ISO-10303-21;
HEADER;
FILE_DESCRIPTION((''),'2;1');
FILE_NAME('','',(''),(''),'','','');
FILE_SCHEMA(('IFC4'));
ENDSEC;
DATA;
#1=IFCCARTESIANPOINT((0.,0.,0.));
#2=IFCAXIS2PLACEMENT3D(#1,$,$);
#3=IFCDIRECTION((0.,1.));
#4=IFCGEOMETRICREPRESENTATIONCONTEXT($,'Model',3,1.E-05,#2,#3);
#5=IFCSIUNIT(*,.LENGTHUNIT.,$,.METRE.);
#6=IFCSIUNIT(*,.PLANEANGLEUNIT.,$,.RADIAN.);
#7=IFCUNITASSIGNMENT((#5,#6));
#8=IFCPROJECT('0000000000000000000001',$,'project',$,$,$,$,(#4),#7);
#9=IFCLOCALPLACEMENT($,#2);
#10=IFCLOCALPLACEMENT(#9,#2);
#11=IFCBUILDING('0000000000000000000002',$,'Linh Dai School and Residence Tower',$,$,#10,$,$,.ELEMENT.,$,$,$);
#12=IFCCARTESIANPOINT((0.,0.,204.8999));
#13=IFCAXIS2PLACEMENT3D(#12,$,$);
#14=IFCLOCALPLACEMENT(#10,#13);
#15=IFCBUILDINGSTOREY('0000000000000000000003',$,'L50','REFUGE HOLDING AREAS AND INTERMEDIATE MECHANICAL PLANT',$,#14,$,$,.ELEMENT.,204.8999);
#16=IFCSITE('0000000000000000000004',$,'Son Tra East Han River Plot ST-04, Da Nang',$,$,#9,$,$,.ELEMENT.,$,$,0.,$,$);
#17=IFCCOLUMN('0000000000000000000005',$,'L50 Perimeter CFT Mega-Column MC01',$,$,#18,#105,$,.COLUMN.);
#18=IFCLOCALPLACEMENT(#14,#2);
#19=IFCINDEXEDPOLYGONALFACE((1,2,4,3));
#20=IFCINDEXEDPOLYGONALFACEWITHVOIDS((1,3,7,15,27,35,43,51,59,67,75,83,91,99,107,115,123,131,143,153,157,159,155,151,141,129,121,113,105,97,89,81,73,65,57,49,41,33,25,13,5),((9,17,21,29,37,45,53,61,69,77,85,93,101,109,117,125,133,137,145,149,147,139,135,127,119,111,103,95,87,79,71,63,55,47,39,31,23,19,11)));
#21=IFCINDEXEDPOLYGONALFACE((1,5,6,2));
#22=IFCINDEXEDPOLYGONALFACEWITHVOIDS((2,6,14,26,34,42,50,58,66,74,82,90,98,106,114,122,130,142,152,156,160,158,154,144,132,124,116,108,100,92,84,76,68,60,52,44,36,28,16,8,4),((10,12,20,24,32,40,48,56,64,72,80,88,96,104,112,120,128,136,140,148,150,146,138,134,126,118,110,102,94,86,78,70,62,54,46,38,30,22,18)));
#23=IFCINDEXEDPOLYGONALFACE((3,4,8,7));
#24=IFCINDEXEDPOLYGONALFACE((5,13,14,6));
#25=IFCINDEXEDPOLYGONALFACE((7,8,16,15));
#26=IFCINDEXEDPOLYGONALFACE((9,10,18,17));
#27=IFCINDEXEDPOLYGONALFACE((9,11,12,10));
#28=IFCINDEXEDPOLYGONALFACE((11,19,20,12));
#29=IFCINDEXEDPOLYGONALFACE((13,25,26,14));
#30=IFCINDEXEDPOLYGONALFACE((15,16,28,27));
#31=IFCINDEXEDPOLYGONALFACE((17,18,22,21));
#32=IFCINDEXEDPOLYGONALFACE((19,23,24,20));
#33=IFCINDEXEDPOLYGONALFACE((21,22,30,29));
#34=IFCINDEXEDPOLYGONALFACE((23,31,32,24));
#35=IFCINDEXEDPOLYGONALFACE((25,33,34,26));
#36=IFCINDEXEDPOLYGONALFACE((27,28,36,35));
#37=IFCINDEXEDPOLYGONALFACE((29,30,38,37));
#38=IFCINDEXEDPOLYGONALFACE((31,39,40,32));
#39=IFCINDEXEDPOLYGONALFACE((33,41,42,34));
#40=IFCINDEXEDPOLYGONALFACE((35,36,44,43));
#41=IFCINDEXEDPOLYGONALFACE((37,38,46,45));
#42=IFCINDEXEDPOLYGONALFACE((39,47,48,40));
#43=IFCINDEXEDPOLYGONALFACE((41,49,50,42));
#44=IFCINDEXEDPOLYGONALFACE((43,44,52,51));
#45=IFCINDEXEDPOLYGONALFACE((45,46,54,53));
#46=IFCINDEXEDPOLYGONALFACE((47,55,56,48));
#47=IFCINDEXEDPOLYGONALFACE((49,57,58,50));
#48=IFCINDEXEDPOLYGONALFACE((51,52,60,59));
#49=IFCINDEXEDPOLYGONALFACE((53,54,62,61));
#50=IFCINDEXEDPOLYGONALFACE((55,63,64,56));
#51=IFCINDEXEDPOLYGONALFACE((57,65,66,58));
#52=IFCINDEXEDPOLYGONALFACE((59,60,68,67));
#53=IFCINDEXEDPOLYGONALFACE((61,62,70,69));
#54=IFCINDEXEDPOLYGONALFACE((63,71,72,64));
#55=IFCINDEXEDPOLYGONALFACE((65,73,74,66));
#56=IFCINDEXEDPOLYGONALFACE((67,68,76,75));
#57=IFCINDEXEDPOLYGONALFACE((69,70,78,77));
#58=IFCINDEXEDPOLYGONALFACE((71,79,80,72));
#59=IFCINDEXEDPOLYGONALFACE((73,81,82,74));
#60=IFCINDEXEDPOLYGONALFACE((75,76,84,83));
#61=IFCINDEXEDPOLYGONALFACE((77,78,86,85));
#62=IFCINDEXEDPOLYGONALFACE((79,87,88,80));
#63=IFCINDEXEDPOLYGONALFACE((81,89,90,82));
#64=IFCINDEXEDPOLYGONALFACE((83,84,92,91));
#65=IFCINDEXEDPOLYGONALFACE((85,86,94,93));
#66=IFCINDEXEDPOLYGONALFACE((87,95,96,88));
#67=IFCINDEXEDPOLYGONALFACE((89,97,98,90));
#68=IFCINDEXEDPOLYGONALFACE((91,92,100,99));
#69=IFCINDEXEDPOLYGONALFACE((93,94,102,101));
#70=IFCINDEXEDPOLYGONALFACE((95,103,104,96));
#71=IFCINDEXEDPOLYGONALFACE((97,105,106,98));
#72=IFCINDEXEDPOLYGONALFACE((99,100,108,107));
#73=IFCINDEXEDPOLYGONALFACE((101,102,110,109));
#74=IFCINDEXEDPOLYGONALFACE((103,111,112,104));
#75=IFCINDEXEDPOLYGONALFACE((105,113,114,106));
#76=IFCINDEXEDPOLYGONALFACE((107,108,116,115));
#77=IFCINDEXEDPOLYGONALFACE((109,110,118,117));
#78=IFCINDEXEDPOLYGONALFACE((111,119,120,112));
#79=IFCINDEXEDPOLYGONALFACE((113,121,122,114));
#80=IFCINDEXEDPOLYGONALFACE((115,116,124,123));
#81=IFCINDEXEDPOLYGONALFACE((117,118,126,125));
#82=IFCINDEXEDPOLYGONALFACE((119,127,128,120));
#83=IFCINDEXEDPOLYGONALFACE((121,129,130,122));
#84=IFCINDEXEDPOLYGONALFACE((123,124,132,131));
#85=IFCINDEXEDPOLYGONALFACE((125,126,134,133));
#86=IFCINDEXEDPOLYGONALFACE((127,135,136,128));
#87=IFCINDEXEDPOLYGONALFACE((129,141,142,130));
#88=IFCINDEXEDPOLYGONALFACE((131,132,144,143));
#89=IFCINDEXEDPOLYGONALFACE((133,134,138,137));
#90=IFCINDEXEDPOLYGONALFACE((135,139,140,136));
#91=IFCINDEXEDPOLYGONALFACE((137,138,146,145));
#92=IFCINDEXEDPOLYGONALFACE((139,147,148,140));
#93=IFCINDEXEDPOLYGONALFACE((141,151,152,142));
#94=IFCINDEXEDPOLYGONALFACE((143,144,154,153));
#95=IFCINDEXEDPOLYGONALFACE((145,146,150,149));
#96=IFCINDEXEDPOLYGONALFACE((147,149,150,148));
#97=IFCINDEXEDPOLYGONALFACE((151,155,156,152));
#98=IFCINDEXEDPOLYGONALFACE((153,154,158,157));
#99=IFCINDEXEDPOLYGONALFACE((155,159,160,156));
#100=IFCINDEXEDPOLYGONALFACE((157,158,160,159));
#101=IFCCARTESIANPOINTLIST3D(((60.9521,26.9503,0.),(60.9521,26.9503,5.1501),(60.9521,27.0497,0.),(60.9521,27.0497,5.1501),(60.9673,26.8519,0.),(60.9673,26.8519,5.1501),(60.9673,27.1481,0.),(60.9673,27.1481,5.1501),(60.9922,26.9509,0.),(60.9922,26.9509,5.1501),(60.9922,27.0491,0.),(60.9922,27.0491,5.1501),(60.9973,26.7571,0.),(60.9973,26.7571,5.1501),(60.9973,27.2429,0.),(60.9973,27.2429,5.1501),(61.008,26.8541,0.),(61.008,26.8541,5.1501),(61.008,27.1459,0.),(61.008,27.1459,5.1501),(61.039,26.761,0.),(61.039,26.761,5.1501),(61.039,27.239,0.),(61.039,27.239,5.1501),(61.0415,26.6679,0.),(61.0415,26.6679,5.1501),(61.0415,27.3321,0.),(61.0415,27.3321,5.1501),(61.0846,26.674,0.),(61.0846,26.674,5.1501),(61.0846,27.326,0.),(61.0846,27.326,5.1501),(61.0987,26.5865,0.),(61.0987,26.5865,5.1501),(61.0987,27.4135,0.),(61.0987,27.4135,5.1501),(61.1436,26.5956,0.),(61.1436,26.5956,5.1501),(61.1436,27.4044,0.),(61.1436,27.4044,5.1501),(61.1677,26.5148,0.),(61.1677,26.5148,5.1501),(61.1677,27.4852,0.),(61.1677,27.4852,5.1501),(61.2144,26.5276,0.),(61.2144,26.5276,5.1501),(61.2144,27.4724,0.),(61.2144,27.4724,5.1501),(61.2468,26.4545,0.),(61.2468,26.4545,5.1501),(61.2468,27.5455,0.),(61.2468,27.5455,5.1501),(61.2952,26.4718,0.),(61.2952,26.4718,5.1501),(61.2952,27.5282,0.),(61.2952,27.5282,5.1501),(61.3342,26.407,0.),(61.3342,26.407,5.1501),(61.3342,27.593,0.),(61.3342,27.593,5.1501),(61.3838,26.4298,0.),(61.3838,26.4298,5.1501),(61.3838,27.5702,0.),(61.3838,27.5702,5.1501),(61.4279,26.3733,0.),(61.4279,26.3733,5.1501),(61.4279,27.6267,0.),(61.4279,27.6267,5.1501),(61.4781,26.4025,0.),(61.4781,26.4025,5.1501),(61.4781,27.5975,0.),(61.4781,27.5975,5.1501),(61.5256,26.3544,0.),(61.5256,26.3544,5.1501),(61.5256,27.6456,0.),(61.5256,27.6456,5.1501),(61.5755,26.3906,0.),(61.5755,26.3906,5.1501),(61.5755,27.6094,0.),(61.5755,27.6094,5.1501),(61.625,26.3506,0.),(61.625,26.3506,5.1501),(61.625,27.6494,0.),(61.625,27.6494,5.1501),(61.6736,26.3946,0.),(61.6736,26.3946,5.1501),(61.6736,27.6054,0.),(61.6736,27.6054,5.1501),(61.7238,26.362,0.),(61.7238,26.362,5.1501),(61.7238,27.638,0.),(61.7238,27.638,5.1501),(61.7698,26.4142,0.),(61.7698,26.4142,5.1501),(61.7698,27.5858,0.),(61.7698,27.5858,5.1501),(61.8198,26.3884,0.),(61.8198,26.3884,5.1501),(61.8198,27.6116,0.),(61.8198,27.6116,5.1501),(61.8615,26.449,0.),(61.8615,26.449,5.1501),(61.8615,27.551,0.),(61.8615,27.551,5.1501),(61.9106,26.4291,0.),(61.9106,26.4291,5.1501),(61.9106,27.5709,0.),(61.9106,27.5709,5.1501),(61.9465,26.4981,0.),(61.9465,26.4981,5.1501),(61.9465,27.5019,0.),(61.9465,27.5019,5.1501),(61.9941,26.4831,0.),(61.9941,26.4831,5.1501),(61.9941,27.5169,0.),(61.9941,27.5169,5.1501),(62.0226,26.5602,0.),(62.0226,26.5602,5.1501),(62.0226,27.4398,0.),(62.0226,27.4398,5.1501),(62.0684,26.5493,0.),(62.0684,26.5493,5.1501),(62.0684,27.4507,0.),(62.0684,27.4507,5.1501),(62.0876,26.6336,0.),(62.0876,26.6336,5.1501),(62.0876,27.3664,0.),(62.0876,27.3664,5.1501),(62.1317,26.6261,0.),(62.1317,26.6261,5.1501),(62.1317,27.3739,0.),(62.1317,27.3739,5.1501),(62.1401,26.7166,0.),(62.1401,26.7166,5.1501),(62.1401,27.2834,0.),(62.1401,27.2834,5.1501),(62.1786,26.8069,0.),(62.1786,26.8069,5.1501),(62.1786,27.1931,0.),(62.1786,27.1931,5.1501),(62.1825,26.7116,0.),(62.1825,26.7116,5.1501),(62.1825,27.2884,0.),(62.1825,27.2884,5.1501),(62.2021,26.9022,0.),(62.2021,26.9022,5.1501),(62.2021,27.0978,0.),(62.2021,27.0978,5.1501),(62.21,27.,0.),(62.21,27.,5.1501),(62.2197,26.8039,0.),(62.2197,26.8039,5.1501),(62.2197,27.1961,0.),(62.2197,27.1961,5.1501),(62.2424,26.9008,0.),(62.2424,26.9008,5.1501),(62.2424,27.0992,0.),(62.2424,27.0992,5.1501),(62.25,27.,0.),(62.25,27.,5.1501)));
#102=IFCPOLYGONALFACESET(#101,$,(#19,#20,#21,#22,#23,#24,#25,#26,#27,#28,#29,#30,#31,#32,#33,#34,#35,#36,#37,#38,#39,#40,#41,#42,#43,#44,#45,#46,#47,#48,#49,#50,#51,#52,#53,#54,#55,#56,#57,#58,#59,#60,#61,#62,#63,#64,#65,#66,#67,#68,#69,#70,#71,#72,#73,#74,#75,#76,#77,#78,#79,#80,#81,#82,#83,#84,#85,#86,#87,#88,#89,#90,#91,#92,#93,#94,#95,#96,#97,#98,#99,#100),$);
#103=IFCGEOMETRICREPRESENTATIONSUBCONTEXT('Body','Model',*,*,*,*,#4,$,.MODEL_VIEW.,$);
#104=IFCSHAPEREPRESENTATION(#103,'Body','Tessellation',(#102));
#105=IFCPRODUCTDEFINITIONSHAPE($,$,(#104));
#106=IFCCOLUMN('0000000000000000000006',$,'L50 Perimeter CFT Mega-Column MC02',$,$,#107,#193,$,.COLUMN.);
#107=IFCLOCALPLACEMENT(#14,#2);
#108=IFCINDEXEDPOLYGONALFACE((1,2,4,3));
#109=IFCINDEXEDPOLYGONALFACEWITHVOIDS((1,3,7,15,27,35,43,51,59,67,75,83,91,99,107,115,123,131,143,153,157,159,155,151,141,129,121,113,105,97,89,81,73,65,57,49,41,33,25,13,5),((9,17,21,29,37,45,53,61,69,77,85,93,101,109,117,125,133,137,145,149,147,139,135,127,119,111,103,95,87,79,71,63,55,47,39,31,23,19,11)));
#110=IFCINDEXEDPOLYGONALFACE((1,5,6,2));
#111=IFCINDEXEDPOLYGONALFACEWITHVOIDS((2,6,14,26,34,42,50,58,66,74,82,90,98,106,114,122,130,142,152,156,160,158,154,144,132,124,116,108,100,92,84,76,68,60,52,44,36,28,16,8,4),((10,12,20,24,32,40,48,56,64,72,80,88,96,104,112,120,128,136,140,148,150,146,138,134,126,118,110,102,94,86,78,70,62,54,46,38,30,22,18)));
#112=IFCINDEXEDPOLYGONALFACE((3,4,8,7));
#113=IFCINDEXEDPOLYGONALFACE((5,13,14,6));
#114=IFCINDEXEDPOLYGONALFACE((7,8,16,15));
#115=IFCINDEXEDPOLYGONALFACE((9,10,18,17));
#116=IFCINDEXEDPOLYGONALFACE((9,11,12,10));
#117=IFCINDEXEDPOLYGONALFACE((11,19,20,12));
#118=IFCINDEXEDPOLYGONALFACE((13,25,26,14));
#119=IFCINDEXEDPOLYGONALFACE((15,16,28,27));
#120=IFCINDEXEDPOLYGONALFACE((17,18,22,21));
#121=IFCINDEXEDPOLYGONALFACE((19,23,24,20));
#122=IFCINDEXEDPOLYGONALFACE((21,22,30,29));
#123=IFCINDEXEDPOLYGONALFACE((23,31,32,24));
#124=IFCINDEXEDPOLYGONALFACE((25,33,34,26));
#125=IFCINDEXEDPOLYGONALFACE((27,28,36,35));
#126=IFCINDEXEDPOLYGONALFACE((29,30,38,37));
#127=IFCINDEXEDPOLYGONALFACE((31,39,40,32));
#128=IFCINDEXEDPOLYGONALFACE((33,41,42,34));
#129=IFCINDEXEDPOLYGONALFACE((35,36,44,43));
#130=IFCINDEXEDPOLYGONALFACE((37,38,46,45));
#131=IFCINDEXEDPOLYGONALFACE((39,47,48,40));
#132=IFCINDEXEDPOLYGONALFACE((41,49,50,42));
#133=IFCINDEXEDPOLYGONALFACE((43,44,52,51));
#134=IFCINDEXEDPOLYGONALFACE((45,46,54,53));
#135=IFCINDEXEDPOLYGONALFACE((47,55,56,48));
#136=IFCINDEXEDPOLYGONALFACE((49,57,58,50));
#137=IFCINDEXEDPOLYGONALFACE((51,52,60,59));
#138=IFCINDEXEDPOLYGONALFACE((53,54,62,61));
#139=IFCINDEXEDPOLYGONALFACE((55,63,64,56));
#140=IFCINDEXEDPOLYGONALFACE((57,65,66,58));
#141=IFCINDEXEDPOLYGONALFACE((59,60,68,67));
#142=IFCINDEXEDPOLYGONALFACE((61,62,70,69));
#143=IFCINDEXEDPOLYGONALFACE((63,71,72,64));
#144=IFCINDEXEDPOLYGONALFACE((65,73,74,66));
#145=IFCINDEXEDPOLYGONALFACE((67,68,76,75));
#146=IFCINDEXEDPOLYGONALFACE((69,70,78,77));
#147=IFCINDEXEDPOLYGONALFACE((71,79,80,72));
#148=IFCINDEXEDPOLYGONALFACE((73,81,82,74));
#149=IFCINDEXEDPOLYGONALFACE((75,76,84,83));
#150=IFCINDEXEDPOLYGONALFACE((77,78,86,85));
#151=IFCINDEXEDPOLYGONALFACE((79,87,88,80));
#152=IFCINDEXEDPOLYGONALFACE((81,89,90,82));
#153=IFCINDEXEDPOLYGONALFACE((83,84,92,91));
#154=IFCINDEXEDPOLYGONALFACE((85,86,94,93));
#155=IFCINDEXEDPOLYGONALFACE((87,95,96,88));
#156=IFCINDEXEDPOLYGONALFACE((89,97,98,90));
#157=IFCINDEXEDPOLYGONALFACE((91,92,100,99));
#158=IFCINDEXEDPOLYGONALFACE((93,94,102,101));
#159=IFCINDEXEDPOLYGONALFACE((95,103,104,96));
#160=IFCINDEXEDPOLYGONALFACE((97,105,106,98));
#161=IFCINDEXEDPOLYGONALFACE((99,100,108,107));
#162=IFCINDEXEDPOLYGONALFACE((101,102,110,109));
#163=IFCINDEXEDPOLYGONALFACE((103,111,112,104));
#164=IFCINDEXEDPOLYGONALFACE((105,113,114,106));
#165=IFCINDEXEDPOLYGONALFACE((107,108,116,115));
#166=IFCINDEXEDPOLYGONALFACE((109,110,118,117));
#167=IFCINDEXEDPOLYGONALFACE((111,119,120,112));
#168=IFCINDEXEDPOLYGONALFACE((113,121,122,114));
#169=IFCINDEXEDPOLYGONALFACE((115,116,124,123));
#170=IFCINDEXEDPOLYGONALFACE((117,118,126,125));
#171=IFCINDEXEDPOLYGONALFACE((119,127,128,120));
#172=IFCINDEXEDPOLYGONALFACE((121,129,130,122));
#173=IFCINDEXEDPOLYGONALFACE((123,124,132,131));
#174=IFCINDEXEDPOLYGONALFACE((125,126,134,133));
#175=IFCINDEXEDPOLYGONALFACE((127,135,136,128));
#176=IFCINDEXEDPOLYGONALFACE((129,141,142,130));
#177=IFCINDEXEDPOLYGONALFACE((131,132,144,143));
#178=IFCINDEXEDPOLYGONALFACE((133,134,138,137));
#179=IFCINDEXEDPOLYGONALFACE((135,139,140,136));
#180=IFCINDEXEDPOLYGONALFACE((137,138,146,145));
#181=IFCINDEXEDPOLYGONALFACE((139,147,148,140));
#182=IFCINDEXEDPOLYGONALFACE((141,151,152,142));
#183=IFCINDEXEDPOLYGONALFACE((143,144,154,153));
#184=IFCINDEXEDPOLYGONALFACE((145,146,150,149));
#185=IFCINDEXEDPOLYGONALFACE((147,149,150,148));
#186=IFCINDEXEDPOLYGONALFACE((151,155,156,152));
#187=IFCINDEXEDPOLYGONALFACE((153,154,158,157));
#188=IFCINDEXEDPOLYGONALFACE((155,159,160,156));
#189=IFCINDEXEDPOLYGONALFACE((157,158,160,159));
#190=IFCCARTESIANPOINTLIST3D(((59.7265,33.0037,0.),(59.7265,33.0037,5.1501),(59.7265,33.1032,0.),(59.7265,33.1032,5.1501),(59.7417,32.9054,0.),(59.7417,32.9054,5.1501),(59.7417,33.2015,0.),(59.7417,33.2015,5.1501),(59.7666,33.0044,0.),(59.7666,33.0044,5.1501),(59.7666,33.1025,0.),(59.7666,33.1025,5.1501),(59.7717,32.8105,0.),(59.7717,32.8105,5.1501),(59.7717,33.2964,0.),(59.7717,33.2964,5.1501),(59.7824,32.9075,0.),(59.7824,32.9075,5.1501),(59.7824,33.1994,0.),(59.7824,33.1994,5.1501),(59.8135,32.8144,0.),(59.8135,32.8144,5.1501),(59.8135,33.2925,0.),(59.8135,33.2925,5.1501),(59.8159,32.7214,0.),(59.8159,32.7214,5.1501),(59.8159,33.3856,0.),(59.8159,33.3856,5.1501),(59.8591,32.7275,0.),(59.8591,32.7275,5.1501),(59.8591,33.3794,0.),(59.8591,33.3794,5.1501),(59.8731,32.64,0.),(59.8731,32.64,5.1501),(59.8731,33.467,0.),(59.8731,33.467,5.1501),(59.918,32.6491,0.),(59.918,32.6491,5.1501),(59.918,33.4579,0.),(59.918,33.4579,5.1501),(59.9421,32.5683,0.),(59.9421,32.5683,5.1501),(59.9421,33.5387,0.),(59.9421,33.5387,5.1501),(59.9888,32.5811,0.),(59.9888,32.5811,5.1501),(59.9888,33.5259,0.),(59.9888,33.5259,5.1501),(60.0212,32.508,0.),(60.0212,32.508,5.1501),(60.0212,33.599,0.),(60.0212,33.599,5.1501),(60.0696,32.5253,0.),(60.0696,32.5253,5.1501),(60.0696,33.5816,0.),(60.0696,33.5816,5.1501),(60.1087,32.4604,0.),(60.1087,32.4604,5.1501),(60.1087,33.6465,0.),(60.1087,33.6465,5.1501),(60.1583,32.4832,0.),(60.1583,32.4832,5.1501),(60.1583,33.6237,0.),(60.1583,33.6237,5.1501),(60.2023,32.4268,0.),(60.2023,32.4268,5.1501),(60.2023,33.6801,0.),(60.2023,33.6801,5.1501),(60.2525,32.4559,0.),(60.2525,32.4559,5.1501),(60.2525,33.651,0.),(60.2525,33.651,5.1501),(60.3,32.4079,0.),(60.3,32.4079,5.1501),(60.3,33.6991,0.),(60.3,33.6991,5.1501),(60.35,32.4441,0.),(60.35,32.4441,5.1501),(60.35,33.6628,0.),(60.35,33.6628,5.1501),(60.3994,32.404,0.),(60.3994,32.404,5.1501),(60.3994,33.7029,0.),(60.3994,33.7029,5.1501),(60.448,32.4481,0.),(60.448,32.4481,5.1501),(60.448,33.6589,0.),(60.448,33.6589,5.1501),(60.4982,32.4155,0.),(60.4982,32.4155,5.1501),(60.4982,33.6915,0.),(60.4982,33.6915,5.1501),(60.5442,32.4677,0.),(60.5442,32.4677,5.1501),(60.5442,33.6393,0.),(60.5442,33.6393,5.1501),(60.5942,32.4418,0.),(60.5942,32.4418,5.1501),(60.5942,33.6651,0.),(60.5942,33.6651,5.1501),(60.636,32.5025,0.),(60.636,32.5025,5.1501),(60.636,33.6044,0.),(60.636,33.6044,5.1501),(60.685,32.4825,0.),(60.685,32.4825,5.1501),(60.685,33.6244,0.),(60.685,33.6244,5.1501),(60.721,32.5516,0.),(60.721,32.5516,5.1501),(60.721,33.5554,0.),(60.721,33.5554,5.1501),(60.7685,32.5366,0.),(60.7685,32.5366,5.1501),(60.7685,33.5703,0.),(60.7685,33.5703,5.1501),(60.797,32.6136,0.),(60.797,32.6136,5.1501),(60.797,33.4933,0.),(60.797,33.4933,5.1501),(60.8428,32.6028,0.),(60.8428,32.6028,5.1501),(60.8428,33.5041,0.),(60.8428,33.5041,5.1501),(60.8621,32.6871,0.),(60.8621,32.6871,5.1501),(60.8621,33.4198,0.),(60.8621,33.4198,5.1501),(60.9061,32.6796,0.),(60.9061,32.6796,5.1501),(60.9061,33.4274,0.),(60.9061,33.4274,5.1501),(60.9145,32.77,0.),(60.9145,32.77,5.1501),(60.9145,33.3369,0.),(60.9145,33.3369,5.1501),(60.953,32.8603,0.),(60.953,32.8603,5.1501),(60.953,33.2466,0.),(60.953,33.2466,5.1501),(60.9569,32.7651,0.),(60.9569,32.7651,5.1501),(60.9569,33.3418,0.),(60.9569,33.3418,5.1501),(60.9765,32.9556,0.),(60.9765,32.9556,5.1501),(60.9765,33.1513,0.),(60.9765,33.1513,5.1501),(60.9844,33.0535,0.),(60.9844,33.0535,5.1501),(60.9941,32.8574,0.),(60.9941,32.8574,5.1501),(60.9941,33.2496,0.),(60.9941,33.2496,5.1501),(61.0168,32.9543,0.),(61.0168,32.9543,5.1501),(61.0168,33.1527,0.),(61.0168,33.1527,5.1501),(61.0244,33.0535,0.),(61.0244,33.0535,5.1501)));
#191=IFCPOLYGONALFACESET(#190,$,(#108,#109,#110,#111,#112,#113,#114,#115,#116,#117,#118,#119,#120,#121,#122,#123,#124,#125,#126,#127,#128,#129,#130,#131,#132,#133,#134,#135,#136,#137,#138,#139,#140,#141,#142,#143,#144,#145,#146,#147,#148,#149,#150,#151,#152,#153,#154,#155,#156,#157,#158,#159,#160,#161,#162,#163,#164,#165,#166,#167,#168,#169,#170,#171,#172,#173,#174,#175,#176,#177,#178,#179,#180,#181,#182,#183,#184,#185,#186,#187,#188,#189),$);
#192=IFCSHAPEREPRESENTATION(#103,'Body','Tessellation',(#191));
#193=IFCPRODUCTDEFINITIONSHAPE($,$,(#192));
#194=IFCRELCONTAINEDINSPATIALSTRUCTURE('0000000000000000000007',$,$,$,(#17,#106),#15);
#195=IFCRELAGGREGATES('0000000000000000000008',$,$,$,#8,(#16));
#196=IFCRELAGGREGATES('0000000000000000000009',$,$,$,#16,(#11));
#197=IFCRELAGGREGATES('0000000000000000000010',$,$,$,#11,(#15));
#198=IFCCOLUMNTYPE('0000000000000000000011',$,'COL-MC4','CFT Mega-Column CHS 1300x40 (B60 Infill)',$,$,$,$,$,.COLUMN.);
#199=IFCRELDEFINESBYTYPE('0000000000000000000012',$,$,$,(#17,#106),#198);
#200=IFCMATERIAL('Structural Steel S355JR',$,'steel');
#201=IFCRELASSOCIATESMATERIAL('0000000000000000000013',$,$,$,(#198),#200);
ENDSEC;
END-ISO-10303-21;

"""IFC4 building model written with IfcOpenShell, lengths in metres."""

from ifc_helpers import new_model, si_unit, direction, frame, origin, origin_2d, place, context, subcontext, project, spatial, hollow_circle, extrude, material, material_profile, profile_set, type_object, element, save


model = new_model("IFC4")

# Units and contexts
model_context = context("Model", 3, precision=1e-05, world=origin(), true_north=direction((0.0, 1.0)))
body_context = subcontext(model_context, "Body", "Model", "MODEL_VIEW")
ifc_project = project(units=[si_unit("LENGTHUNIT", "METRE"), si_unit("PLANEANGLEUNIT", "RADIAN")], contexts=[model_context])

# Site, building, storey
site_placement = place(None, origin())
site = spatial("IfcSite", under=ifc_project, at=site_placement, Name="Son Tra East Han River Plot ST-04, Da Nang", CompositionType="ELEMENT", RefElevation=0.0)
building_placement = place(site_placement, origin())
building = spatial("IfcBuilding", under=site, at=building_placement, Name="Linh Dai School and Residence Tower", CompositionType="ELEMENT")
storey_placement = place(building_placement, frame((0.0, 0.0, 204.8999)))
storey = spatial("IfcBuildingStorey", under=building, at=storey_placement, Name="L50", Description="REFUGE HOLDING AREAS AND INTERMEDIATE MECHANICAL PLANT", CompositionType="ELEMENT", Elevation=204.8999)

# Columns
ifc_material_1 = material(Name="Structural Steel S355JR", Category="steel")
ifc_material_profile_1 = material_profile(ifc_material_1, hollow_circle(Radius=0.6499, WallThickness=0.04, at=origin_2d()), Name="CHS 1300x40")
ifc_profile_set_1 = profile_set([ifc_material_profile_1], Name="Structural Steel S355JR")
column_type = type_object("IfcColumnType", Name="COL-MC4", Description="CFT Mega-Column CHS 1300x40 (B60 Infill)", PredefinedType="COLUMN", material=ifc_profile_set_1)
for number, where, z_axis, x_axis, name in (
    (1, (61.6001, 27.0, 0.0), (0.0, 0.0, 1.0), (1.0, 0.0, 0.0), "L50 Perimeter CFT Mega-Column MC01"),
    (2, (60.3745, 33.0535, 0.0), (0.0, 0.0, 1.0), (1.0, 0.0, 0.0), "L50 Perimeter CFT Mega-Column MC02"),
):
    element("IfcColumn", number, at=place(storey_placement, frame(where, z_axis=z_axis, x_axis=x_axis)), inside=storey, type_object=column_type, Name=name, PredefinedType="COLUMN", context=body_context, shape_type="SweptSolid", body=[
        extrude(hollow_circle(Radius=0.6499, WallThickness=0.04, at=origin_2d()), origin(), (0.0, 0.0, 1.0), 5.1501),
    ])

save(model, "model.ifc")
